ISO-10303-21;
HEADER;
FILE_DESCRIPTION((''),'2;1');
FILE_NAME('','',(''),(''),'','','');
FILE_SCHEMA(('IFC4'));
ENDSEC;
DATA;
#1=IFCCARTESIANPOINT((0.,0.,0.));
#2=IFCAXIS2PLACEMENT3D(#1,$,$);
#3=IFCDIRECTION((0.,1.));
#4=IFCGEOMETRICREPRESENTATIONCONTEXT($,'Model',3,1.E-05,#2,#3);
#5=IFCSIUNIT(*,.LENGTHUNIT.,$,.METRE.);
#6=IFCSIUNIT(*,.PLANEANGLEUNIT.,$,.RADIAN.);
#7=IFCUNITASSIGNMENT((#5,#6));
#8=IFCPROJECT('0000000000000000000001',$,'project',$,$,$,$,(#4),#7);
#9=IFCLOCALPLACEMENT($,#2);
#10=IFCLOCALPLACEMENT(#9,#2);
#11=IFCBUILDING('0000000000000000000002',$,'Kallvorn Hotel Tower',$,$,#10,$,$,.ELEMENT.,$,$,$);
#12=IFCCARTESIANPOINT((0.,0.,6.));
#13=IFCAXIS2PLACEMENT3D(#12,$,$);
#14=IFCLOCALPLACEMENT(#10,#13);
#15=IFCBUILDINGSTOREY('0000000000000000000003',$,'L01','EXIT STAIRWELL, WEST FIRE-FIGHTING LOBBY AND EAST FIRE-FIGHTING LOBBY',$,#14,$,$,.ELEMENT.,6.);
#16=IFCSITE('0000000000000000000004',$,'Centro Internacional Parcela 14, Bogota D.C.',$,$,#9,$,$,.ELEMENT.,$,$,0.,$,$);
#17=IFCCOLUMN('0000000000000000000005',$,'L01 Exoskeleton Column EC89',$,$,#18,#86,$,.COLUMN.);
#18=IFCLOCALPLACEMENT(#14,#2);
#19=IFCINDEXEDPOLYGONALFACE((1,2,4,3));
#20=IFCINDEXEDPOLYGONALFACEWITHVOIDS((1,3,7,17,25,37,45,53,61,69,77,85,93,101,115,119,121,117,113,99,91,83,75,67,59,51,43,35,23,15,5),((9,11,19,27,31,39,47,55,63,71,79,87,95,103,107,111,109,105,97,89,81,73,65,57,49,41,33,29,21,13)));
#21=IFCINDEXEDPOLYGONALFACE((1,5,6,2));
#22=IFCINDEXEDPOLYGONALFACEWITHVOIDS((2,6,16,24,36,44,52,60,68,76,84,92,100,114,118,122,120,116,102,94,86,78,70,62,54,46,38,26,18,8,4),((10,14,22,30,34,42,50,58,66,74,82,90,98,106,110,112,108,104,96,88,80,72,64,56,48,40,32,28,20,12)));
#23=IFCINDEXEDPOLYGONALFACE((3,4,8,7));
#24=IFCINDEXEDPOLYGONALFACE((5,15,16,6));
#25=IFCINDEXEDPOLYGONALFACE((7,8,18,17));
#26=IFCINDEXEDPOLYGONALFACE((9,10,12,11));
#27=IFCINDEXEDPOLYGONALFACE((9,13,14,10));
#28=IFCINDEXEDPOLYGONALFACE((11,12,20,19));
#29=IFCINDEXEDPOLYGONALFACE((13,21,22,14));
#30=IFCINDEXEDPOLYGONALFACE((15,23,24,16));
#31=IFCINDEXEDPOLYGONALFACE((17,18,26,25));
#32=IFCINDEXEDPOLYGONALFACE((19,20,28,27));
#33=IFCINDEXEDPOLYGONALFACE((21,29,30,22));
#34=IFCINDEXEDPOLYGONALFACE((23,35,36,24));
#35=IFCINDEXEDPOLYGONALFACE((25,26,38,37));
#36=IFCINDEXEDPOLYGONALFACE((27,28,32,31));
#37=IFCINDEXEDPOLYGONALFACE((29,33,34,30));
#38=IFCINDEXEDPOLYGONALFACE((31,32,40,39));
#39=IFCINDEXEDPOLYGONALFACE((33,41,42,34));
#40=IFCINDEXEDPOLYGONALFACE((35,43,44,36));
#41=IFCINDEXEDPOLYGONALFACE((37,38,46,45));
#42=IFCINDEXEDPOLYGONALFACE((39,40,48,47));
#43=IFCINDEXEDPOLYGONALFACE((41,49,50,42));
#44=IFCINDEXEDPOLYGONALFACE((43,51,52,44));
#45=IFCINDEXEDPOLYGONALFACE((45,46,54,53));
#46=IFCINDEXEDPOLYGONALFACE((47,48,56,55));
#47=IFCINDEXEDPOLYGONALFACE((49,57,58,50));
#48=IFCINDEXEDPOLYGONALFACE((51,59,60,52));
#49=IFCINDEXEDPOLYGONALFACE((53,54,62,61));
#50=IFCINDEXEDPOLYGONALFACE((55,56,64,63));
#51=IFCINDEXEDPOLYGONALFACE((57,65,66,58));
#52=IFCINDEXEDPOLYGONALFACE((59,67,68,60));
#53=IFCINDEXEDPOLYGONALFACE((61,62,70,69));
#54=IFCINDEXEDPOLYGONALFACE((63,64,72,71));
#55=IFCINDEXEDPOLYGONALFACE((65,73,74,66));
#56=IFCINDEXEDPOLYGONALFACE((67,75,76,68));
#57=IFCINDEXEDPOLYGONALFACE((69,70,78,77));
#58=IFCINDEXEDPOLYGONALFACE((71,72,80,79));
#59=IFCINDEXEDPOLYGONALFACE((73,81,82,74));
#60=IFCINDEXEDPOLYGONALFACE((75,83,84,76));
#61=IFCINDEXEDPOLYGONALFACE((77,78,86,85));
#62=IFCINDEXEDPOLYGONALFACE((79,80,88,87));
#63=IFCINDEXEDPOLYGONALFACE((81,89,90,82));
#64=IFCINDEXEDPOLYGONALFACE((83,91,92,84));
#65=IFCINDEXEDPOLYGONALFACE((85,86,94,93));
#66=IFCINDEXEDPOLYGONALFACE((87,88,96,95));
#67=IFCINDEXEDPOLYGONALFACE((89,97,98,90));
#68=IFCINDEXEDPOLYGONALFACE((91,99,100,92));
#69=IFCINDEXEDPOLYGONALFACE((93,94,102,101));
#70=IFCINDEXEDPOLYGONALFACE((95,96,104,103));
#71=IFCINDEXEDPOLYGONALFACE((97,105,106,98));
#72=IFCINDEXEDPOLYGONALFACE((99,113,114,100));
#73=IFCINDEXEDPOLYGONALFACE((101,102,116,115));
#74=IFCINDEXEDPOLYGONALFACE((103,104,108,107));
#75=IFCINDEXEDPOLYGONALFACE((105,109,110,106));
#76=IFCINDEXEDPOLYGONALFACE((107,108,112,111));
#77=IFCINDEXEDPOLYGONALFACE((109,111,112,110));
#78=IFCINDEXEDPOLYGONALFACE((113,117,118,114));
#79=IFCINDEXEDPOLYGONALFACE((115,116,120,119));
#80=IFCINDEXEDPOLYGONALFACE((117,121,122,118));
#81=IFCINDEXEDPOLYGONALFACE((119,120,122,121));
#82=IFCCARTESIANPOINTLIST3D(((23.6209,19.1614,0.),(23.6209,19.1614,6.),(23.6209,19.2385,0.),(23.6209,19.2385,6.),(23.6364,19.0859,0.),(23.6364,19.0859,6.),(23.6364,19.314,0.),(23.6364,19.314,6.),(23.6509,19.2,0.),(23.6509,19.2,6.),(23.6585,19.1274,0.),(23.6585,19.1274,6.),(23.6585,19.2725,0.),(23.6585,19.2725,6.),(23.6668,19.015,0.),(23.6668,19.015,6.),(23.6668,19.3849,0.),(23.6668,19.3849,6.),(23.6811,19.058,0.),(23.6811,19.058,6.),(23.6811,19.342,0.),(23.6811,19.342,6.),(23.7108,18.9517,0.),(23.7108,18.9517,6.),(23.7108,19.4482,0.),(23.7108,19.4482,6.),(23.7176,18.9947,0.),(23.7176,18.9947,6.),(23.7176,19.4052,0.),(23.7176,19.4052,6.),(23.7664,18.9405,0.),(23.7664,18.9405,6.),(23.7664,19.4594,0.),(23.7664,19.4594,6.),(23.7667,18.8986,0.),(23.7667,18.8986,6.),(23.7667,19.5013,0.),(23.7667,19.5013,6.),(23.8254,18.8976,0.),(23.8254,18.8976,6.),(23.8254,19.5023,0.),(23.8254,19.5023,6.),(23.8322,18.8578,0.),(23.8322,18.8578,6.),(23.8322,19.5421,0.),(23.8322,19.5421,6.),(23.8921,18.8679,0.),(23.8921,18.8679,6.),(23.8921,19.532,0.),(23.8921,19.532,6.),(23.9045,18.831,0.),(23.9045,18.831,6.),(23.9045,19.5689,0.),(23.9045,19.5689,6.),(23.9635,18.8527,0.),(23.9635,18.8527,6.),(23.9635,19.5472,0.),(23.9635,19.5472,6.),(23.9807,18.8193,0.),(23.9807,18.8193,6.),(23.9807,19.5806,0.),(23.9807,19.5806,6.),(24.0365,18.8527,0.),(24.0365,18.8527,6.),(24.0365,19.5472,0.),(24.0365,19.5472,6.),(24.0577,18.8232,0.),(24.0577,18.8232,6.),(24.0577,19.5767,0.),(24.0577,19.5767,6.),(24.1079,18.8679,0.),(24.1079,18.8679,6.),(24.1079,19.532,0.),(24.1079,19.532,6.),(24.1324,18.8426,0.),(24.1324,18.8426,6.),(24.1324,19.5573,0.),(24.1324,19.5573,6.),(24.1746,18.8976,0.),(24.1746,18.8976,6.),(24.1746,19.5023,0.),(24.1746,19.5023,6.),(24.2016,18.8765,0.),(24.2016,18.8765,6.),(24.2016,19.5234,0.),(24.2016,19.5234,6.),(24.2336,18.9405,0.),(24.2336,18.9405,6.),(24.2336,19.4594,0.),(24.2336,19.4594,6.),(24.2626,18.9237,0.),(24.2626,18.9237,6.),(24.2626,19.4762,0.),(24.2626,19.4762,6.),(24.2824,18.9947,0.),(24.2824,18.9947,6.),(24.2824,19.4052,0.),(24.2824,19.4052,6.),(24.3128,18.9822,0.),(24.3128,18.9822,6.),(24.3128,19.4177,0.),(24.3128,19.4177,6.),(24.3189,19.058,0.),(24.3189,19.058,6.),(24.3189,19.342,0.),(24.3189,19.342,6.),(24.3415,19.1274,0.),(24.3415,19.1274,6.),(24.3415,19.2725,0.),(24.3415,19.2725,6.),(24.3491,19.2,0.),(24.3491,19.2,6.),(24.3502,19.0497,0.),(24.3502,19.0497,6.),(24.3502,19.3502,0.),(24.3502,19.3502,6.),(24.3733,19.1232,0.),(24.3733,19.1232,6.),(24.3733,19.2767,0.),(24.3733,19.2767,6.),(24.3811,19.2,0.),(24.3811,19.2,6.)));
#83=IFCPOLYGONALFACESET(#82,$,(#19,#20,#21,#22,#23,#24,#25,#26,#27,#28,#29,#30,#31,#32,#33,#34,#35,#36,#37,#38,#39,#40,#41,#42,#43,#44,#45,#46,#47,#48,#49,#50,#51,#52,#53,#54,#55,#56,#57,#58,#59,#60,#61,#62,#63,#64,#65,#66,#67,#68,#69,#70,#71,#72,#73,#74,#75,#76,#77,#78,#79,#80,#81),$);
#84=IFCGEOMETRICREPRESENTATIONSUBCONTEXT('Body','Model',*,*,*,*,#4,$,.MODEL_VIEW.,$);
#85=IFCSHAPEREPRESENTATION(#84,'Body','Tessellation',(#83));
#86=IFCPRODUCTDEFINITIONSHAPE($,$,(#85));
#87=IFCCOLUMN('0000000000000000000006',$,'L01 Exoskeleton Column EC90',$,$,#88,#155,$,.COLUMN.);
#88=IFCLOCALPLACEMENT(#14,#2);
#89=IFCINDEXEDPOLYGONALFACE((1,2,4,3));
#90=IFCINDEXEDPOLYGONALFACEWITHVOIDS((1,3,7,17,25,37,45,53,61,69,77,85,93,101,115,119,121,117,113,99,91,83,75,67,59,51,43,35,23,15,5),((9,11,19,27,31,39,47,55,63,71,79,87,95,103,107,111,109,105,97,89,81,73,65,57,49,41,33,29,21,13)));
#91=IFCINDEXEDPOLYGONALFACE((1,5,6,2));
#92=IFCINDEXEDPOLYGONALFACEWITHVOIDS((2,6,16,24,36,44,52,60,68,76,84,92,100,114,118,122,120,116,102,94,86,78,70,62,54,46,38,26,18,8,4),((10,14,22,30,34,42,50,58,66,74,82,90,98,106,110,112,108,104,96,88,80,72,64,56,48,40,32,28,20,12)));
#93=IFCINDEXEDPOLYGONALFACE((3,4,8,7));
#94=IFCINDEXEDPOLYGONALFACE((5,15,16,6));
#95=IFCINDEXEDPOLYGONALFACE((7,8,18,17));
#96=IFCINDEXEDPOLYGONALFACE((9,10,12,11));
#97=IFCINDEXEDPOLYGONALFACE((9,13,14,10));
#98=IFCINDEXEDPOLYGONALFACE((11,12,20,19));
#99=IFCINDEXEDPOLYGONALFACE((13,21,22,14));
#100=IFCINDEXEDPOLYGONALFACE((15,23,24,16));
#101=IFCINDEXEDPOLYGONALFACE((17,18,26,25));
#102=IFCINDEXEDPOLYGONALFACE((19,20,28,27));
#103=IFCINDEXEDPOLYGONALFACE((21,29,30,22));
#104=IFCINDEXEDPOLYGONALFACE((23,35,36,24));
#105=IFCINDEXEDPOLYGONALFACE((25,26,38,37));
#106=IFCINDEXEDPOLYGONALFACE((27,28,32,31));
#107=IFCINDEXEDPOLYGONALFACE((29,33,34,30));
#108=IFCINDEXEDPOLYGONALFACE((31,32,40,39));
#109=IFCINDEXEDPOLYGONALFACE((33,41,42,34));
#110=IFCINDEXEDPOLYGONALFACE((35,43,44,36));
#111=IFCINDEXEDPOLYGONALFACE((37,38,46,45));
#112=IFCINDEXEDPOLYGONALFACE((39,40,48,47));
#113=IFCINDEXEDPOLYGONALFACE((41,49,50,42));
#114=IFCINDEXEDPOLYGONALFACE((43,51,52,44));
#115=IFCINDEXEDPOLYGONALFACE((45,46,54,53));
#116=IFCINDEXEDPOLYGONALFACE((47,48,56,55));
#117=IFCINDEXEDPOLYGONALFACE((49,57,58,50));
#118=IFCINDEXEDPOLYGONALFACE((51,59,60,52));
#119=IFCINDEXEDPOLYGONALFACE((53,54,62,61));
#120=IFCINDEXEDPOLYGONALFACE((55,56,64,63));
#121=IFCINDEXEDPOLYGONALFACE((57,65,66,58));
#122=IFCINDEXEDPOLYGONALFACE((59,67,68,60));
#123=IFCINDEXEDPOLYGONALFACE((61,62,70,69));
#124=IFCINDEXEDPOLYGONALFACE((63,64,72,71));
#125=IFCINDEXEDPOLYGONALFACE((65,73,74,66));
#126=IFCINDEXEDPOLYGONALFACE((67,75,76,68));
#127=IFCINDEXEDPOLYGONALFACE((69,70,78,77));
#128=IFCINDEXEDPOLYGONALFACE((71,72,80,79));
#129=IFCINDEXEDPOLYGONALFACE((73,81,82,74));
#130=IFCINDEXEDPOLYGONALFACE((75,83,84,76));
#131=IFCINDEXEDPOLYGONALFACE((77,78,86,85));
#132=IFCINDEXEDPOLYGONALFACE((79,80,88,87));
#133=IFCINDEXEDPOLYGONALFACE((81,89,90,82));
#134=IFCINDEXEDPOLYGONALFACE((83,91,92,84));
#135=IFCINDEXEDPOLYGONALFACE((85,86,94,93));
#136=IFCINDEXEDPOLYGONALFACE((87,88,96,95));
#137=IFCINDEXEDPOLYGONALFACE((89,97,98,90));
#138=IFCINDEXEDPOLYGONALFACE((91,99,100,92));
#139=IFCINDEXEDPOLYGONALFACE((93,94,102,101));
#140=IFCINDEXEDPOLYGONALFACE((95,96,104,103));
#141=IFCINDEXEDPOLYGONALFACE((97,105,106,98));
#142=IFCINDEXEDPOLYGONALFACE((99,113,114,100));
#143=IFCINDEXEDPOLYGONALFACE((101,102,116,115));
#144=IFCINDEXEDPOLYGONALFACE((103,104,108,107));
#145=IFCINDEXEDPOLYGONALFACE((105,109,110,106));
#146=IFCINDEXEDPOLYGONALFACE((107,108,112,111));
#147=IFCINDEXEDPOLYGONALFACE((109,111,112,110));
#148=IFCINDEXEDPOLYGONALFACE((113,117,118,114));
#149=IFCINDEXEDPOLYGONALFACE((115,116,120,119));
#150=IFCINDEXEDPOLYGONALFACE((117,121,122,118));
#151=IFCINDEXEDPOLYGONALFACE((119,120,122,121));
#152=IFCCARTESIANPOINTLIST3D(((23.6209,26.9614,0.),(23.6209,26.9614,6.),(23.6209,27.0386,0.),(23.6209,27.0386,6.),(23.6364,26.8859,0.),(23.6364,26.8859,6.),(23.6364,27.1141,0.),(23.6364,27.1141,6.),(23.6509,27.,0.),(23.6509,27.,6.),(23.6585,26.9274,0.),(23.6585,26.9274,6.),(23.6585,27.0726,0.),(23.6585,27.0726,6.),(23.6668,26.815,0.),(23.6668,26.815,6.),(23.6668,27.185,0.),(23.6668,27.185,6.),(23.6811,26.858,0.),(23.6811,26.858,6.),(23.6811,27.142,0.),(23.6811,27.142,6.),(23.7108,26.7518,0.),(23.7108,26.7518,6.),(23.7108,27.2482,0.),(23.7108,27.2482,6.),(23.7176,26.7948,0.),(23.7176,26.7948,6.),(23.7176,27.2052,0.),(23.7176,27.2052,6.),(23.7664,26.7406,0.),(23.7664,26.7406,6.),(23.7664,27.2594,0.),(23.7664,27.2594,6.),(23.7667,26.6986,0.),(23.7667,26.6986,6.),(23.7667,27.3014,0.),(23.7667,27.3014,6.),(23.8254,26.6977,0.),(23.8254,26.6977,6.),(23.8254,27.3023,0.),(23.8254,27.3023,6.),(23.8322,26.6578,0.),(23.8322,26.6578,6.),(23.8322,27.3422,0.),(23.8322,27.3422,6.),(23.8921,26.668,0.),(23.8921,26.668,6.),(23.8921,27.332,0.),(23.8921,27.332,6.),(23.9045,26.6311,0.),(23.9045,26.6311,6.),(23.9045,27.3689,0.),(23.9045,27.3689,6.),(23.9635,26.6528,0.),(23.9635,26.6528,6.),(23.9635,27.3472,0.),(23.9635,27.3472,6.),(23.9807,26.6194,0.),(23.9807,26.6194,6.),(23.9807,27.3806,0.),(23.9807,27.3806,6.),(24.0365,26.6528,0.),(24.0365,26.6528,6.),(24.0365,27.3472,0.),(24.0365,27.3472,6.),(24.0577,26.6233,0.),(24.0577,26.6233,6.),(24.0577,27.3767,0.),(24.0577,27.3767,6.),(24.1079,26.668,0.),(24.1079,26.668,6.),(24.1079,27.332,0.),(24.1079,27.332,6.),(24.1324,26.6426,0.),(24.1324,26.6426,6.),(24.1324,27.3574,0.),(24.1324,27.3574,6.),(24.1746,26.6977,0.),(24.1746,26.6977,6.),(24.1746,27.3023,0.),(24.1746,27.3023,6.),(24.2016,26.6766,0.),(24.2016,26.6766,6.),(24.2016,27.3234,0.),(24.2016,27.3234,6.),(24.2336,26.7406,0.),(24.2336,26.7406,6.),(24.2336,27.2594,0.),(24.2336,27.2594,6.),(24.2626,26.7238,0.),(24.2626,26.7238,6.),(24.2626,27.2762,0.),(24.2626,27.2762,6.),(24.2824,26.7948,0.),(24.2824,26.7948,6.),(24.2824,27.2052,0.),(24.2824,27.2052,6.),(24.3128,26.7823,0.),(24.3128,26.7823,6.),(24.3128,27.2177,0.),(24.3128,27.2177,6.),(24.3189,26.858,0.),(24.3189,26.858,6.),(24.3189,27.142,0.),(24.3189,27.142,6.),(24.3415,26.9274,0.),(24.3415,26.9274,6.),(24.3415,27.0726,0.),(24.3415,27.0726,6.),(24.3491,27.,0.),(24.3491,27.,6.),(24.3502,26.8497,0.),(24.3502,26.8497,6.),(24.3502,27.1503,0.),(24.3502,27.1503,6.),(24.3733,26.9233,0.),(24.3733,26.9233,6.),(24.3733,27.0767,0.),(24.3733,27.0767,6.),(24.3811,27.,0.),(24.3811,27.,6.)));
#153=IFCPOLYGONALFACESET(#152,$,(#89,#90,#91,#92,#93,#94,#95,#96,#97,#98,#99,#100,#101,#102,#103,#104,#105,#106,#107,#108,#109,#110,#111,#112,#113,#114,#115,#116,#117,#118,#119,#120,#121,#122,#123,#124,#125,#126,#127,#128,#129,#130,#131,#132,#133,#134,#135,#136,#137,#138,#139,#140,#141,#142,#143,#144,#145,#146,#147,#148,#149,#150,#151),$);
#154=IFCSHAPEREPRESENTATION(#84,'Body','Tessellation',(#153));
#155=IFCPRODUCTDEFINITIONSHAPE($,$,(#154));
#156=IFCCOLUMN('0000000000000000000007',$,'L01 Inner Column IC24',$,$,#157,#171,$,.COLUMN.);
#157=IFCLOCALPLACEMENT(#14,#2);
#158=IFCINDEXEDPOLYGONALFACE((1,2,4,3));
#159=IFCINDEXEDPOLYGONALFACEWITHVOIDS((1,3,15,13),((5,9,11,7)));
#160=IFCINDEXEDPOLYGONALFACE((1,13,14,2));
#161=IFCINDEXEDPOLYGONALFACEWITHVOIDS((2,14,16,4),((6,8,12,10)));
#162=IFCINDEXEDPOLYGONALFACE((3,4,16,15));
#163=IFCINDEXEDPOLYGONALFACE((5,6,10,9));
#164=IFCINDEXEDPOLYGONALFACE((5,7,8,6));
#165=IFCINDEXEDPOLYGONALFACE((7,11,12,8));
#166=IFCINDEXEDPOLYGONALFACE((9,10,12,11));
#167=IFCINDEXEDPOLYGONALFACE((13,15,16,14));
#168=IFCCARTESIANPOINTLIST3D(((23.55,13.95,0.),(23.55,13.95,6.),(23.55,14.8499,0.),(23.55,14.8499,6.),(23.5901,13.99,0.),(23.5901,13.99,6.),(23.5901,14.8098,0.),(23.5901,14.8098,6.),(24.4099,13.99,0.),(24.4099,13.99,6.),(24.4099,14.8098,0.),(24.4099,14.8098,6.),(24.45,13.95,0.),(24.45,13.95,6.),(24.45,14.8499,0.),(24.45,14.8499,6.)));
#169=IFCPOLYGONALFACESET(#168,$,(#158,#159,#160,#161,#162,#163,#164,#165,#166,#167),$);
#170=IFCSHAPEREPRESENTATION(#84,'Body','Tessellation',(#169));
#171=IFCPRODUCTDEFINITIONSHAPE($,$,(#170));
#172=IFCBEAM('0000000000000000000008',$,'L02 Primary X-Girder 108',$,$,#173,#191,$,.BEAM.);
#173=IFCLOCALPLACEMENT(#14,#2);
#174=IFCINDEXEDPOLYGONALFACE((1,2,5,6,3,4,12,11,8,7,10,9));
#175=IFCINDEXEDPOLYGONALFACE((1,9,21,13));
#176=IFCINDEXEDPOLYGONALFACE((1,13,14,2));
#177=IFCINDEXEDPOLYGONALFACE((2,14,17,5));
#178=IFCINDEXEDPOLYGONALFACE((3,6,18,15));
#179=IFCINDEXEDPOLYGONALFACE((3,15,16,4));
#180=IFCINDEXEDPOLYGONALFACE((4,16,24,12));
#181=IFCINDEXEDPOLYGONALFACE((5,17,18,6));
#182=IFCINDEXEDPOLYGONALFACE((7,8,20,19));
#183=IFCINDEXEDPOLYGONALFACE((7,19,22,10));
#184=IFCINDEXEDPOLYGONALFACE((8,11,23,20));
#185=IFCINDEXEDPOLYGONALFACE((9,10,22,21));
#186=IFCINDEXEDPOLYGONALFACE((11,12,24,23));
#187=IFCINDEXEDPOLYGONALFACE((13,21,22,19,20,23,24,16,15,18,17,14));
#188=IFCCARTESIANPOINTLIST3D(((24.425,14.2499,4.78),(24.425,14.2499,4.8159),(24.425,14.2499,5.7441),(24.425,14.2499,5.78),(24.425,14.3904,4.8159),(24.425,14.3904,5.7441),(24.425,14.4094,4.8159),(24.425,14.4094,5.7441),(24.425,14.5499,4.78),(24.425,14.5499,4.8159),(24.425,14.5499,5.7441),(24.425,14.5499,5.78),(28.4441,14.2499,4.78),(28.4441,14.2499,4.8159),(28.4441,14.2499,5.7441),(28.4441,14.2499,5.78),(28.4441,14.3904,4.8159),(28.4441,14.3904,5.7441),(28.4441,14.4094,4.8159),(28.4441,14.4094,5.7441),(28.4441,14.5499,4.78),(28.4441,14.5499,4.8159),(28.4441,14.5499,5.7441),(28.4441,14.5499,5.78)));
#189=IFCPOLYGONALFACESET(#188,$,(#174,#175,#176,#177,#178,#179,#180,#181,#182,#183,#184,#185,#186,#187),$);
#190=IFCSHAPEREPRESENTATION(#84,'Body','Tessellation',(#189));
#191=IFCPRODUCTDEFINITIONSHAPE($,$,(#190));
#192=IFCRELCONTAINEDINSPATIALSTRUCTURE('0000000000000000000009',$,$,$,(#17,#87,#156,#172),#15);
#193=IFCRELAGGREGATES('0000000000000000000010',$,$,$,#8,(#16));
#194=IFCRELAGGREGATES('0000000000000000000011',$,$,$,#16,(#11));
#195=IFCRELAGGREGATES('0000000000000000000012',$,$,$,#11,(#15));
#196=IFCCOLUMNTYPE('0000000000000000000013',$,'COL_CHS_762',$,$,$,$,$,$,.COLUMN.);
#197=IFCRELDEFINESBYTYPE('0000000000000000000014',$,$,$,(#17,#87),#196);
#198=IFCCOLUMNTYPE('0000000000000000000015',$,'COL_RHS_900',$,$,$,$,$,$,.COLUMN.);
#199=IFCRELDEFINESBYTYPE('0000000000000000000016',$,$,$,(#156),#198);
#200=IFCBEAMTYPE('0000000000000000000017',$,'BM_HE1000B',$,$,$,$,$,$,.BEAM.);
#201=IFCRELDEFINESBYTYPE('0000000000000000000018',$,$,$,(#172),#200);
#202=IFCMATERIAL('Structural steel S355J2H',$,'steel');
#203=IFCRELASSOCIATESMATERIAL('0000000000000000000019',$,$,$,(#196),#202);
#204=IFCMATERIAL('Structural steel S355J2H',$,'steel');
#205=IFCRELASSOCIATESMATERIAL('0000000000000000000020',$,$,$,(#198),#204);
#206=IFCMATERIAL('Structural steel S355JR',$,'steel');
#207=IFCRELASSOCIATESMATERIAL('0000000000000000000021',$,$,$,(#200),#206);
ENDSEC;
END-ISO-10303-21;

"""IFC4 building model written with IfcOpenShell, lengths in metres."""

from ifc_helpers import new_model, si_unit, direction, frame, origin, origin_2d, place, context, subcontext, project, spatial, hollow_rectangle, hollow_circle, i_section, extrude, material, material_profile, profile_set, type_object, element, save


model = new_model("IFC4")

# Units and contexts
model_context = context("Model", 3, precision=1e-05, world=origin(), true_north=direction((0.0, 1.0)))
body_context = subcontext(model_context, "Body", "Model", "MODEL_VIEW")
ifc_project = project(units=[si_unit("LENGTHUNIT", "METRE"), si_unit("PLANEANGLEUNIT", "RADIAN")], contexts=[model_context])

# Site, building, storey
site_placement = place(None, origin())
site = spatial("IfcSite", under=ifc_project, at=site_placement, Name="Centro Internacional Parcela 14, Bogota D.C.", CompositionType="ELEMENT", RefElevation=0.0)
building_placement = place(site_placement, origin())
building = spatial("IfcBuilding", under=site, at=building_placement, Name="Kallvorn Hotel Tower", CompositionType="ELEMENT")
storey_placement = place(building_placement, frame((0.0, 0.0, 6.0)))
storey = spatial("IfcBuildingStorey", under=building, at=storey_placement, Name="L01", Description="EXIT STAIRWELL, WEST FIRE-FIGHTING LOBBY AND EAST FIRE-FIGHTING LOBBY", CompositionType="ELEMENT", Elevation=6.0)

# Columns
ifc_material_1 = material(Name="Structural steel S355J2H", Category="steel")
ifc_material_profile_1 = material_profile(ifc_material_1, hollow_circle(Radius=0.3811, WallThickness=0.032, at=origin_2d()), Name="CHS 762x32")
ifc_profile_set_1 = profile_set([ifc_material_profile_1], Name="Structural steel S355J2H")
column_type_1 = type_object("IfcColumnType", Name="COL_CHS_762", PredefinedType="COLUMN", material=ifc_profile_set_1)
for number, where, z_axis, x_axis, name in (
    (1, (24.0, 19.2, 0.0), (0.0, 0.0, 1.0), (1.0, 0.0, 0.0), "L01 Exoskeleton Column EC89"),
    (2, (24.0, 27.0, 0.0), (0.0, 0.0, 1.0), (1.0, 0.0, 0.0), "L01 Exoskeleton Column EC90"),
):
    element("IfcColumn", number, at=place(storey_placement, frame(where, z_axis=z_axis, x_axis=x_axis)), inside=storey, type_object=column_type_1, Name=name, PredefinedType="COLUMN", context=body_context, shape_type="SweptSolid", body=[
        extrude(hollow_circle(Radius=0.3811, WallThickness=0.032, at=origin_2d()), origin(), (0.0, 0.0, 1.0), 6.0),
    ])
ifc_material_2 = material(Name="Structural steel S355J2H", Category="steel")
ifc_material_profile_2 = material_profile(ifc_material_2, hollow_rectangle(XDim=0.8999, YDim=0.8999, WallThickness=0.04, at=origin_2d()), Name="RHS 900x900x40")
ifc_profile_set_2 = profile_set([ifc_material_profile_2], Name="Structural steel S355J2H")
column_type_2 = type_object("IfcColumnType", Name="COL_RHS_900", PredefinedType="COLUMN", material=ifc_profile_set_2)
column_placement = place(storey_placement, frame((24.0, 14.3999, 0.0), z_axis=(0.0, 0.0, 1.0), x_axis=(1.0, 0.0, 0.0)))
element("IfcColumn", 3, at=column_placement, inside=storey, type_object=column_type_2, Name="L01 Inner Column IC24", PredefinedType="COLUMN", context=body_context, shape_type="SweptSolid", body=[
    extrude(hollow_rectangle(XDim=0.8999, YDim=0.8999, WallThickness=0.04, at=origin_2d()), origin(), (0.0, 0.0, 1.0), 6.0),
])

# Beam
ifc_material_3 = material(Name="Structural steel S355JR", Category="steel")
ifc_material_profile_3 = material_profile(ifc_material_3, i_section(OverallWidth=0.3, OverallDepth=1.0, WebThickness=0.019, FlangeThickness=0.0359, at=origin_2d()), Name="HE 1000 B")
ifc_profile_set_3 = profile_set([ifc_material_profile_3], Name="Structural steel S355JR")
beam_type_1 = type_object("IfcBeamType", Name="BM_HE1000B", PredefinedType="BEAM", material=ifc_profile_set_3)
beam_1_placement = place(storey_placement, frame((24.425, 14.3999, 5.28), z_axis=(1.0, 0.0, 0.0), x_axis=(0.0, 1.0, 0.0)))
element("IfcBeam", 4, at=beam_1_placement, inside=storey, type_object=beam_type_1, Name="L02 Primary X-Girder 108", PredefinedType="BEAM", context=body_context, shape_type="SweptSolid", body=[
    extrude(i_section(OverallWidth=0.3, OverallDepth=1.0, WebThickness=0.019, FlangeThickness=0.0359, at=origin_2d()), origin(), (0.0, 0.0, 1.0), 4.019),
])

save(model, "model.ifc")
